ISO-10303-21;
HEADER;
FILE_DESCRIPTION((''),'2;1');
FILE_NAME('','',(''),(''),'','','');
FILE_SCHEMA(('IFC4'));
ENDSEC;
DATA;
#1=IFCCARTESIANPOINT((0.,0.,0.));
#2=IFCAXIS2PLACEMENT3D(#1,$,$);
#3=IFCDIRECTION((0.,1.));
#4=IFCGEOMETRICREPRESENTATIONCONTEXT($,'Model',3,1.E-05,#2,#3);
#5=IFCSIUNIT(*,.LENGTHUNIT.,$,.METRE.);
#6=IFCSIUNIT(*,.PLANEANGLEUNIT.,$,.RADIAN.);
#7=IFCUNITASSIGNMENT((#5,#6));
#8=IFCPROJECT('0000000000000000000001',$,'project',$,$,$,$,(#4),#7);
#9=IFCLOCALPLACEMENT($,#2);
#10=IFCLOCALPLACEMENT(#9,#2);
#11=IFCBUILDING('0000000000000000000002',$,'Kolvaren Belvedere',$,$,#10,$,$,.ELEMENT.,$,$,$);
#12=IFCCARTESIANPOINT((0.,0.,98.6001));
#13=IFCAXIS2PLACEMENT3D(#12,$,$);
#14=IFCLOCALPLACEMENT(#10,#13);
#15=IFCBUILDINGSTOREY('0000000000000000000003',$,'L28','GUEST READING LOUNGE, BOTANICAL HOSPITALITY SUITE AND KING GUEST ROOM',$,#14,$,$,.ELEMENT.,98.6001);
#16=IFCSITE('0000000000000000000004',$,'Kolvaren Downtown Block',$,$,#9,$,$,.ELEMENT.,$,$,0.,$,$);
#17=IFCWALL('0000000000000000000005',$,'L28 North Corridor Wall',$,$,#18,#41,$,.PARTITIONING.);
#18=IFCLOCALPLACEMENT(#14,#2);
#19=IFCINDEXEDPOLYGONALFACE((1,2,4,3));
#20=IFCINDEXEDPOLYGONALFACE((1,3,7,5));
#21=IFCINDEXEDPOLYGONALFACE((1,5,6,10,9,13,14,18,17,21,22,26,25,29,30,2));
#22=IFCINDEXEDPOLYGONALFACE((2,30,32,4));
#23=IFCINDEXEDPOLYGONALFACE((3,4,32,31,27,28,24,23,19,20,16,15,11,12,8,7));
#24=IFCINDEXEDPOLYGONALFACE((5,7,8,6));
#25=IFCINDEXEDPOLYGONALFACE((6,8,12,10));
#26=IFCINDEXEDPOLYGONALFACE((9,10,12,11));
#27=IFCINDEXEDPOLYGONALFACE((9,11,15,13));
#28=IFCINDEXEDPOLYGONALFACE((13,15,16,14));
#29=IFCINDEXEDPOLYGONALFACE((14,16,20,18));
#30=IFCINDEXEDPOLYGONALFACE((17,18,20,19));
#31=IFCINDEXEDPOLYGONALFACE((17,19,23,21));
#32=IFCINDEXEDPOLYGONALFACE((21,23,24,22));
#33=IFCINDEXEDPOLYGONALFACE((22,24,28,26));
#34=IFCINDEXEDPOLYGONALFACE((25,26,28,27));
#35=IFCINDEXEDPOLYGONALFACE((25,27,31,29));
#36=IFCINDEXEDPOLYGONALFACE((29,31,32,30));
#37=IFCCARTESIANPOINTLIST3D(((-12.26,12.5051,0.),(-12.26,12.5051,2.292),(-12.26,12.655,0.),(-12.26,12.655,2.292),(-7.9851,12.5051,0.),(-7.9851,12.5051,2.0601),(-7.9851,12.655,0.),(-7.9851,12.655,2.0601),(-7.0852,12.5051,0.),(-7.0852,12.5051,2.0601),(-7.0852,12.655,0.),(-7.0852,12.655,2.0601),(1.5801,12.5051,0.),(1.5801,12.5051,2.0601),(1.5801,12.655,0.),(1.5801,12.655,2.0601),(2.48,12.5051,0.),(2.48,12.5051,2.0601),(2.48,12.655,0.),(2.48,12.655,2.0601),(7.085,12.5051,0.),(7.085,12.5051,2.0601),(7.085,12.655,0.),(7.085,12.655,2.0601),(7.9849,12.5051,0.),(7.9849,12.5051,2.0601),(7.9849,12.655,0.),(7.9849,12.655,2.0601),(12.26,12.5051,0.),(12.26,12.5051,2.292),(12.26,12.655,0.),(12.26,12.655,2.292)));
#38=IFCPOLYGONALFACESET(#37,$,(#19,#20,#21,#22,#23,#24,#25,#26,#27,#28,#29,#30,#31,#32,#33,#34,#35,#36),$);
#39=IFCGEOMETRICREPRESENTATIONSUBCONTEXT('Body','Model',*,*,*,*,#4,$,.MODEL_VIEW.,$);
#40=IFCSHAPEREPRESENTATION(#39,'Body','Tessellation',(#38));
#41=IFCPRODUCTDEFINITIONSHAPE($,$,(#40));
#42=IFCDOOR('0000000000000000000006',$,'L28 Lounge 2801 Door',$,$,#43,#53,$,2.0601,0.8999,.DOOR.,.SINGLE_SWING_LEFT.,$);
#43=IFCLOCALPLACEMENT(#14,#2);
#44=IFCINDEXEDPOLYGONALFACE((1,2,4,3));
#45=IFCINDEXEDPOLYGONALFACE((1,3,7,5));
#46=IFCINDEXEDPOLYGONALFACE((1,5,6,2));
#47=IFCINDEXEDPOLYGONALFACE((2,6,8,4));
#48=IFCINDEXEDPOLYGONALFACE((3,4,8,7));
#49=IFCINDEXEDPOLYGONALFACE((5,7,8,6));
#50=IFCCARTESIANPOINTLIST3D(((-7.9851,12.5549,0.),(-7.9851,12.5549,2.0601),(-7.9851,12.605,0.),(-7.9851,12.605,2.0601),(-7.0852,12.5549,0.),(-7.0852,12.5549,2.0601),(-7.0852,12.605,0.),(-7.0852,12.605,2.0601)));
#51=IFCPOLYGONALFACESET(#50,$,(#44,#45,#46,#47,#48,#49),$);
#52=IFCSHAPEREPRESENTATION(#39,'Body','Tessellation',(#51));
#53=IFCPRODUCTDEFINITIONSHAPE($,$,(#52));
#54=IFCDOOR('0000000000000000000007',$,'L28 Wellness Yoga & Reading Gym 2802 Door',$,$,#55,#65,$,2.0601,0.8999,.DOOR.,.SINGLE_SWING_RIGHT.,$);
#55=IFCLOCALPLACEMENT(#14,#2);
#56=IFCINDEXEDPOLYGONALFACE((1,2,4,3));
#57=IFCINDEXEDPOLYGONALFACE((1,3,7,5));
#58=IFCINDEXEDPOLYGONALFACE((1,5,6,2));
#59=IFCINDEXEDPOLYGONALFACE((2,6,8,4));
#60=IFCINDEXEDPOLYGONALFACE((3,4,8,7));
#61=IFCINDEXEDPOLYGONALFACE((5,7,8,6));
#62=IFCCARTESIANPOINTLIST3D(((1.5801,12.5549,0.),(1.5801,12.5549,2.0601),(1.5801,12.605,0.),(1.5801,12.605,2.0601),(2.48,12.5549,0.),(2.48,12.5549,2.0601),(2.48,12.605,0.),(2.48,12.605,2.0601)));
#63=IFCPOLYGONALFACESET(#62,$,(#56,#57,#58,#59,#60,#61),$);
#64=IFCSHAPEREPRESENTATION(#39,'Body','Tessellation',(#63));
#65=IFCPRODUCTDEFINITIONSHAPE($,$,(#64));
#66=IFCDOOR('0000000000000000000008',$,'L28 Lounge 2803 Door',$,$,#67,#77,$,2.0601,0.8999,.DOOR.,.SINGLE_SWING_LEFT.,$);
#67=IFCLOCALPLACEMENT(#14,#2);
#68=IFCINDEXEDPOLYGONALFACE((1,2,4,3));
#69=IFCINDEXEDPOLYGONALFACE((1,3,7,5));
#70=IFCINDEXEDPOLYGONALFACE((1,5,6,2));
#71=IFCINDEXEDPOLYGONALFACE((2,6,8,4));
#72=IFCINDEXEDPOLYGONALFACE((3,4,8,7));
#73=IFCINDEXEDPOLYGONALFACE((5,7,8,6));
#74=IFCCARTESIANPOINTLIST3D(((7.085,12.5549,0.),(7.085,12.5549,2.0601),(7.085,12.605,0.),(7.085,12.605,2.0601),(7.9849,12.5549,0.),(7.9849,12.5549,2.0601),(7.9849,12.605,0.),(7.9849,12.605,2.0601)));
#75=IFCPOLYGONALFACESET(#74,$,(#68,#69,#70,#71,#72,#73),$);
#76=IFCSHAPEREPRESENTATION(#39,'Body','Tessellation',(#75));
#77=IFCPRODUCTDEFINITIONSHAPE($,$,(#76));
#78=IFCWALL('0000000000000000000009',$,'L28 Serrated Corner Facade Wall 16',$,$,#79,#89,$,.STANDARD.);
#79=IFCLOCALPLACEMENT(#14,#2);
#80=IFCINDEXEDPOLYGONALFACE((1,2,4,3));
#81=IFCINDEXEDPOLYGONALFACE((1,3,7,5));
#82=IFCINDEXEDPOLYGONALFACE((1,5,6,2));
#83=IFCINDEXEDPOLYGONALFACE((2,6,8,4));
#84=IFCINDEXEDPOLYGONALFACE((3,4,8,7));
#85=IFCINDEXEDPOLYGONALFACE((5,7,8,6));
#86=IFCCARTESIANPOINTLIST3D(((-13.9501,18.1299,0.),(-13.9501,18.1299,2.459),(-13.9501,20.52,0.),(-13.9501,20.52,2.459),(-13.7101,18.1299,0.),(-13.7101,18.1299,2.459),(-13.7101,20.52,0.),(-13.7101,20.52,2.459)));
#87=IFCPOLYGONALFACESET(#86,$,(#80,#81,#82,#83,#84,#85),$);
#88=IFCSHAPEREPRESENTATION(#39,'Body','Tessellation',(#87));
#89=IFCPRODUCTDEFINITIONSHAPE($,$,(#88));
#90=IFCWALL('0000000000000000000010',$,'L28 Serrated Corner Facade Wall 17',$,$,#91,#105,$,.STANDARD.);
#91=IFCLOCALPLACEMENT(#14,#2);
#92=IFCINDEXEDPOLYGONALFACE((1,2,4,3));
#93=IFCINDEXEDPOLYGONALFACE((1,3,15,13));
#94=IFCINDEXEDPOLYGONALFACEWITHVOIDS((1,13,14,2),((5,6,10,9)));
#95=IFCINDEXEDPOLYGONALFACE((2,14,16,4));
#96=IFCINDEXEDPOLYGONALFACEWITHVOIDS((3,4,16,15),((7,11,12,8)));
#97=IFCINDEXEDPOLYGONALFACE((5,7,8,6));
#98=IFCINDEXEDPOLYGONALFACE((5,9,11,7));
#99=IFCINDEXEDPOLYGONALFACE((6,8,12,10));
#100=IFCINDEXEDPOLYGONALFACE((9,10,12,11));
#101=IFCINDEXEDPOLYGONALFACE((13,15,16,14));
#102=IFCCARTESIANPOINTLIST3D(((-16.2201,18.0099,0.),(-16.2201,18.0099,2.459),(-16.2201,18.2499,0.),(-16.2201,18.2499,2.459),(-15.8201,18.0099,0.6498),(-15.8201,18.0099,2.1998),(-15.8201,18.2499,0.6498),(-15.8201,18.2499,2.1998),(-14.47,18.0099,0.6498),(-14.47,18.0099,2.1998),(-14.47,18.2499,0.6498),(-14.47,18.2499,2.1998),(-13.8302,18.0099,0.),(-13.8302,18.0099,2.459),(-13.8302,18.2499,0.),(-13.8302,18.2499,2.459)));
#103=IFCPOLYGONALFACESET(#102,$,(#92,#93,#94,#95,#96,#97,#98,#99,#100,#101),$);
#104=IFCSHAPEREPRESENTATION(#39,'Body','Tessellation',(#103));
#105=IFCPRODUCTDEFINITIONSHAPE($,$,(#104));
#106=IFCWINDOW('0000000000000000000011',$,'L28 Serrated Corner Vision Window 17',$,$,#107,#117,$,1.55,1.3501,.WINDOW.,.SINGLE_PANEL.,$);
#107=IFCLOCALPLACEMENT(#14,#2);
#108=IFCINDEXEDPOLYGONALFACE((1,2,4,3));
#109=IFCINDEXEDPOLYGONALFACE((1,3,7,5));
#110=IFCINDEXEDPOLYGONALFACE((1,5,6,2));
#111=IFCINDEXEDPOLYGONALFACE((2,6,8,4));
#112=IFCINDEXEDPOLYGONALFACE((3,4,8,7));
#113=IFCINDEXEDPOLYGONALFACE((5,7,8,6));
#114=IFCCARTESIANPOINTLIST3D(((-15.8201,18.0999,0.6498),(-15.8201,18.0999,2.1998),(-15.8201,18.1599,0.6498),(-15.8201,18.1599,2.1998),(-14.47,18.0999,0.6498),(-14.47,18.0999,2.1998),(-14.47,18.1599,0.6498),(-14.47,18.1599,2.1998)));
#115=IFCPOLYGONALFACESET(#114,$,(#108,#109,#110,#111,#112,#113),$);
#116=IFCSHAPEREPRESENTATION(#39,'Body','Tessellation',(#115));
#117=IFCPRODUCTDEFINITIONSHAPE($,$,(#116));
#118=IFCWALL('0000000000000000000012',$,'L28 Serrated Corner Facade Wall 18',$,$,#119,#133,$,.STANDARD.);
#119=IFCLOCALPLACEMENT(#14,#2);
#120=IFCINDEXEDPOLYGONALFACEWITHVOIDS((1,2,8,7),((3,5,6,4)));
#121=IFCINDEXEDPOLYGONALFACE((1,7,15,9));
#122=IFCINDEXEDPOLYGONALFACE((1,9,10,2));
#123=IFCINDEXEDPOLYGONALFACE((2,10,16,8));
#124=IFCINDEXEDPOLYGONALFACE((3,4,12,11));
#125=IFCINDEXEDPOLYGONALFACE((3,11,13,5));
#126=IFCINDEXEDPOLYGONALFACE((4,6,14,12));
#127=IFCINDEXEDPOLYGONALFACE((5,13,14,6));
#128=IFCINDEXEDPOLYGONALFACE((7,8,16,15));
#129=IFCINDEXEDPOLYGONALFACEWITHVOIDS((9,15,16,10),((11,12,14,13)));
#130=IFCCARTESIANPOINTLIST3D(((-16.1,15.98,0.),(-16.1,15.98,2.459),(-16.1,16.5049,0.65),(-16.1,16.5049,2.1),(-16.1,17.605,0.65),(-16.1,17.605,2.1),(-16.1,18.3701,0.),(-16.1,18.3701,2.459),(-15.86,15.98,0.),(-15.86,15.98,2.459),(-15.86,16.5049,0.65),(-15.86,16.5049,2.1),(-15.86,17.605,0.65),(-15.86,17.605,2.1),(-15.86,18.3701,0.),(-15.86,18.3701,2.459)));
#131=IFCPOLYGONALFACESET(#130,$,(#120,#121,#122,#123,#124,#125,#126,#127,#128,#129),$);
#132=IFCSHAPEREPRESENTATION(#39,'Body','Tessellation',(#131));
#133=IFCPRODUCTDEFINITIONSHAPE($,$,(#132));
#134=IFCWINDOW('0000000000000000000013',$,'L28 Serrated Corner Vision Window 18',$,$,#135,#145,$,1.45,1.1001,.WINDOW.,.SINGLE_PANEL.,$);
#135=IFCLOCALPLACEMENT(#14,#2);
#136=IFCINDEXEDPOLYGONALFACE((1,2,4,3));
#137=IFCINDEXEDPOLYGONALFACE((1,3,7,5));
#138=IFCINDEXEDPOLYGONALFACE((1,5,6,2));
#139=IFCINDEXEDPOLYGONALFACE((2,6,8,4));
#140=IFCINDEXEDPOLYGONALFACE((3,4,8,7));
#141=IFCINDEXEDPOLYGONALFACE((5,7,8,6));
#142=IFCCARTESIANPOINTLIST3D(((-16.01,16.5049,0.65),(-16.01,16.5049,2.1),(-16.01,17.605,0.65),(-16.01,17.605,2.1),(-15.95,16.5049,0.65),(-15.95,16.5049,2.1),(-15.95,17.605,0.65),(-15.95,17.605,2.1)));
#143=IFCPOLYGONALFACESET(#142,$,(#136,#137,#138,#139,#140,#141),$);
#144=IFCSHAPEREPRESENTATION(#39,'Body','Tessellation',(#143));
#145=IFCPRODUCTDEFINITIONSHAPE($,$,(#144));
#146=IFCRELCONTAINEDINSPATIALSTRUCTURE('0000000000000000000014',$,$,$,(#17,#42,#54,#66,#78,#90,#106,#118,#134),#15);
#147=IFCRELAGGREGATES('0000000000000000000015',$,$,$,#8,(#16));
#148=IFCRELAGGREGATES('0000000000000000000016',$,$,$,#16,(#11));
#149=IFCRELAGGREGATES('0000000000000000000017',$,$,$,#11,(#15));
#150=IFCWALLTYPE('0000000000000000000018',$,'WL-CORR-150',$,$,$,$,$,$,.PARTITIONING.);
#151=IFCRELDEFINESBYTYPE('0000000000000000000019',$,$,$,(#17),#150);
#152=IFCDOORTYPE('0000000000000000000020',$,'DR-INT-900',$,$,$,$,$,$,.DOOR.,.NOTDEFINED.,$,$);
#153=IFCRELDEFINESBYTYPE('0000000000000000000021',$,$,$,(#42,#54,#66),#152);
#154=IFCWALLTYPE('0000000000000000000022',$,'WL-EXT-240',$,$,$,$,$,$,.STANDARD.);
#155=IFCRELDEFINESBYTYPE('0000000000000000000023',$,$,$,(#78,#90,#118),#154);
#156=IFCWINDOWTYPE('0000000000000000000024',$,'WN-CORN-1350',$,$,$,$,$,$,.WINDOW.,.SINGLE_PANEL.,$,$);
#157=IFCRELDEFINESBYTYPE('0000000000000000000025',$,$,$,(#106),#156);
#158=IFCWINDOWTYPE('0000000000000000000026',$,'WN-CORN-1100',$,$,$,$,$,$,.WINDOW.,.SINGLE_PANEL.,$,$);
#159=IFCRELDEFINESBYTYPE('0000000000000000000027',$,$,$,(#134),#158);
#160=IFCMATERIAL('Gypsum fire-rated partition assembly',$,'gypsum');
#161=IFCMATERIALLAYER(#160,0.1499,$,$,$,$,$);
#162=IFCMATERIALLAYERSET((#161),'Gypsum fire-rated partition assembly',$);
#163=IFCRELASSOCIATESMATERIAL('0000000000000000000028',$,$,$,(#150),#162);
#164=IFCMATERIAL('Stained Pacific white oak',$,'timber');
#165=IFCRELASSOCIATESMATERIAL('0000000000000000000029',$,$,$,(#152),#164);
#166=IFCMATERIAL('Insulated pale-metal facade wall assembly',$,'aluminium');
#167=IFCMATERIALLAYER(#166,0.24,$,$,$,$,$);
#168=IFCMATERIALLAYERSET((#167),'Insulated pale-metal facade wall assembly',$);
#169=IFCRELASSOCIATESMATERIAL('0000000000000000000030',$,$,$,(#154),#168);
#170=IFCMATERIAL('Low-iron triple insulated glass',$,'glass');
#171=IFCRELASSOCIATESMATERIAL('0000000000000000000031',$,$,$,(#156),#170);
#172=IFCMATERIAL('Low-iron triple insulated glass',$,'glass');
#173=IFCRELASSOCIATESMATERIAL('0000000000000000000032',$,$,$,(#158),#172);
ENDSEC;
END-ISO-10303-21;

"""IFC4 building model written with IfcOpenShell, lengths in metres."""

from ifc_helpers import new_model, si_unit, direction, frame, frame_2d, origin, place, context, subcontext, project, spatial, rectangle, extrude, material, layer, layer_set, type_object, element, fill, save


model = new_model("IFC4")

# Units and contexts
model_context = context("Model", 3, precision=1e-05, world=origin(), true_north=direction((0.0, 1.0)))
body_context = subcontext(model_context, "Body", "Model", "MODEL_VIEW")
ifc_project = project(units=[si_unit("LENGTHUNIT", "METRE"), si_unit("PLANEANGLEUNIT", "RADIAN")], contexts=[model_context])

# Site, building, storey
site_placement = place(None, origin())
site = spatial("IfcSite", under=ifc_project, at=site_placement, Name="Kolvaren Downtown Block", CompositionType="ELEMENT", RefElevation=0.0)
building_placement = place(site_placement, origin())
building = spatial("IfcBuilding", under=site, at=building_placement, Name="Kolvaren Belvedere", CompositionType="ELEMENT")
storey_placement = place(building_placement, frame((0.0, 0.0, 98.6001)))
storey = spatial("IfcBuildingStorey", under=building, at=storey_placement, Name="L28", Description="GUEST READING LOUNGE, BOTANICAL HOSPITALITY SUITE AND KING GUEST ROOM", CompositionType="ELEMENT", Elevation=98.6001)

# Wall, openings, doors
ifc_material_1 = material(Name="Gypsum fire-rated partition assembly", Category="gypsum")
ifc_layer_1 = layer(ifc_material_1, 0.1499)
ifc_layer_set_1 = layer_set([ifc_layer_1], Name="Gypsum fire-rated partition assembly")
wall_type_1 = type_object("IfcWallType", Name="WL-CORR-150", PredefinedType="PARTITIONING", material=ifc_layer_set_1)
wall_1_placement = place(storey_placement, frame((-12.26, 12.5801, 0.0), z_axis=(0.0, 0.0, 1.0), x_axis=(1.0, 0.0, 0.0)))
wall_1 = element("IfcWall", 1, at=wall_1_placement, inside=storey, type_object=wall_type_1, Name="L28 North Corridor Wall", PredefinedType="PARTITIONING", context=body_context, shape_type="SweptSolid", body=[
    extrude(rectangle(XDim=24.52, YDim=0.1499, at=frame_2d((12.26, 0.0))), origin(), (0.0, 0.0, 1.0), 2.292),
])
opening_1_placement = place(wall_1_placement, frame((4.2749, 0.0, 0.0)))
opening_1 = element("IfcOpeningElement", 2, at=opening_1_placement, cuts=wall_1, PredefinedType="OPENING", context=body_context, shape_type="SweptSolid", body=[
    extrude(rectangle(XDim=0.8999, YDim=2.0601, at=frame_2d((0.45, 1.03))), frame((0.0, 0.085, 0.0), z_axis=(0.0, -1.0, 0.0), x_axis=(1.0, 0.0, 0.0)), (0.0, 0.0, 1.0), 0.1699),
])
opening_2_placement = place(wall_1_placement, frame((13.8401, 0.0, 0.0)))
opening_2 = element("IfcOpeningElement", 3, at=opening_2_placement, cuts=wall_1, PredefinedType="OPENING", context=body_context, shape_type="SweptSolid", body=[
    extrude(rectangle(XDim=0.8999, YDim=2.0601, at=frame_2d((0.45, 1.03))), frame((0.0, 0.085, 0.0), z_axis=(0.0, -1.0, 0.0), x_axis=(1.0, 0.0, 0.0)), (0.0, 0.0, 1.0), 0.1699),
])
opening_3_placement = place(wall_1_placement, frame((19.345, 0.0, 0.0)))
opening_3 = element("IfcOpeningElement", 4, at=opening_3_placement, cuts=wall_1, PredefinedType="OPENING", context=body_context, shape_type="SweptSolid", body=[
    extrude(rectangle(XDim=0.8999, YDim=2.0601, at=frame_2d((0.45, 1.03))), frame((0.0, 0.085, 0.0), z_axis=(0.0, -1.0, 0.0), x_axis=(1.0, 0.0, 0.0)), (0.0, 0.0, 1.0), 0.1699),
])
ifc_material_2 = material(Name="Stained Pacific white oak", Category="timber")
door_type = type_object("IfcDoorType", Name="DR-INT-900", OperationType="NOTDEFINED", PredefinedType="DOOR", material=ifc_material_2)
door_1_placement = place(opening_1_placement, origin())
door_1 = element("IfcDoor", 5, at=door_1_placement, inside=storey, type_object=door_type, Name="L28 Lounge 2801 Door", OperationType="SINGLE_SWING_LEFT", OverallHeight=2.0601, OverallWidth=0.8999, PredefinedType="DOOR", context=body_context, shape_type="SweptSolid", body=[
    extrude(rectangle(XDim=0.8999, YDim=2.0601, at=frame_2d((0.45, 1.03))), frame((0.0, 0.0249, 0.0), z_axis=(0.0, -1.0, 0.0), x_axis=(1.0, 0.0, 0.0)), (0.0, 0.0, 1.0), 0.05),
])
fill(opening_1, door_1)
door_2_placement = place(opening_2_placement, origin())
door_2 = element("IfcDoor", 6, at=door_2_placement, inside=storey, type_object=door_type, Name="L28 Wellness Yoga & Reading Gym 2802 Door", OperationType="SINGLE_SWING_RIGHT", OverallHeight=2.0601, OverallWidth=0.8999, PredefinedType="DOOR", context=body_context, shape_type="SweptSolid", body=[
    extrude(rectangle(XDim=0.8999, YDim=2.0601, at=frame_2d((0.45, 1.03))), frame((0.0, 0.0249, 0.0), z_axis=(0.0, -1.0, 0.0), x_axis=(1.0, 0.0, 0.0)), (0.0, 0.0, 1.0), 0.05),
])
fill(opening_2, door_2)
door_3_placement = place(opening_3_placement, origin())
door_3 = element("IfcDoor", 7, at=door_3_placement, inside=storey, type_object=door_type, Name="L28 Lounge 2803 Door", OperationType="SINGLE_SWING_LEFT", OverallHeight=2.0601, OverallWidth=0.8999, PredefinedType="DOOR", context=body_context, shape_type="SweptSolid", body=[
    extrude(rectangle(XDim=0.8999, YDim=2.0601, at=frame_2d((0.45, 1.03))), frame((0.0, 0.0249, 0.0), z_axis=(0.0, -1.0, 0.0), x_axis=(1.0, 0.0, 0.0)), (0.0, 0.0, 1.0), 0.05),
])
fill(opening_3, door_3)

# Wall
ifc_material_3 = material(Name="Insulated pale-metal facade wall assembly", Category="aluminium")
ifc_layer_2 = layer(ifc_material_3, 0.24)
ifc_layer_set_2 = layer_set([ifc_layer_2], Name="Insulated pale-metal facade wall assembly")
wall_type_2 = type_object("IfcWallType", Name="WL-EXT-240", PredefinedType="STANDARD", material=ifc_layer_set_2)
wall_2_placement = place(storey_placement, frame((-13.8301, 18.1299, 0.0), z_axis=(0.0, 0.0, 1.0), x_axis=(0.0, 1.0, 0.0)))
element("IfcWall", 8, at=wall_2_placement, inside=storey, type_object=wall_type_2, Name="L28 Serrated Corner Facade Wall 16", PredefinedType="STANDARD", context=body_context, shape_type="SweptSolid", body=[
    extrude(rectangle(XDim=2.3901, YDim=0.24, at=frame_2d((1.1951, 0.0))), origin(), (0.0, 0.0, 1.0), 2.459),
])

# Walls, openings, windows
wall_3_placement = place(storey_placement, frame((-16.22, 18.1299, 0.0), z_axis=(0.0, 0.0, 1.0), x_axis=(1.0, 0.0, 0.0)))
wall_3 = element("IfcWall", 9, at=wall_3_placement, inside=storey, type_object=wall_type_2, Name="L28 Serrated Corner Facade Wall 17", PredefinedType="STANDARD", context=body_context, shape_type="SweptSolid", body=[
    extrude(rectangle(XDim=2.3899, YDim=0.24, at=frame_2d((1.1948, 0.0))), origin(), (0.0, 0.0, 1.0), 2.459),
])
opening_4_placement = place(wall_3_placement, frame((0.3999, 0.0, 0.6499)))
opening_4 = element("IfcOpeningElement", 10, at=opening_4_placement, cuts=wall_3, PredefinedType="OPENING", context=body_context, shape_type="SweptSolid", body=[
    extrude(rectangle(XDim=1.3501, YDim=1.55, at=frame_2d((0.675, 0.7749))), frame((0.0, 0.1299, 0.0), z_axis=(0.0, -1.0, 0.0), x_axis=(1.0, 0.0, 0.0)), (0.0, 0.0, 1.0), 0.26),
])
ifc_material_4 = material(Name="Low-iron triple insulated glass", Category="glass")
window_type_1 = type_object("IfcWindowType", Name="WN-CORN-1350", PartitioningType="SINGLE_PANEL", PredefinedType="WINDOW", material=ifc_material_4)
window_1_placement = place(opening_4_placement, origin())
window_1 = element("IfcWindow", 11, at=window_1_placement, inside=storey, type_object=window_type_1, Name="L28 Serrated Corner Vision Window 17", OverallHeight=1.55, OverallWidth=1.3501, PartitioningType="SINGLE_PANEL", PredefinedType="WINDOW", context=body_context, shape_type="SweptSolid", body=[
    extrude(rectangle(XDim=1.3501, YDim=1.55, at=frame_2d((0.675, 0.7749))), frame((0.0, 0.03, 0.0), z_axis=(0.0, -1.0, 0.0), x_axis=(1.0, 0.0, 0.0)), (0.0, 0.0, 1.0), 0.0601),
])
fill(opening_4, window_1)
wall_4_placement = place(storey_placement, frame((-15.98, 15.98, 0.0), z_axis=(0.0, 0.0, 1.0), x_axis=(0.0, 1.0, 0.0)))
wall_4 = element("IfcWall", 12, at=wall_4_placement, inside=storey, type_object=wall_type_2, Name="L28 Serrated Corner Facade Wall 18", PredefinedType="STANDARD", context=body_context, shape_type="SweptSolid", body=[
    extrude(rectangle(XDim=2.3901, YDim=0.24, at=frame_2d((1.1951, 0.0))), origin(), (0.0, 0.0, 1.0), 2.459),
])
opening_5_placement = place(wall_4_placement, frame((0.5249, 0.0, 0.6499)))
opening_5 = element("IfcOpeningElement", 13, at=opening_5_placement, cuts=wall_4, PredefinedType="OPENING", context=body_context, shape_type="SweptSolid", body=[
    extrude(rectangle(XDim=1.1001, YDim=1.45, at=frame_2d((0.55, 0.7251))), frame((0.0, 0.1299, 0.0), z_axis=(0.0, -1.0, 0.0), x_axis=(1.0, 0.0, 0.0)), (0.0, 0.0, 1.0), 0.26),
])
ifc_material_5 = material(Name="Low-iron triple insulated glass", Category="glass")
window_type_2 = type_object("IfcWindowType", Name="WN-CORN-1100", PartitioningType="SINGLE_PANEL", PredefinedType="WINDOW", material=ifc_material_5)
window_2_placement = place(opening_5_placement, origin())
window_2 = element("IfcWindow", 14, at=window_2_placement, inside=storey, type_object=window_type_2, Name="L28 Serrated Corner Vision Window 18", OverallHeight=1.45, OverallWidth=1.1001, PartitioningType="SINGLE_PANEL", PredefinedType="WINDOW", context=body_context, shape_type="SweptSolid", body=[
    extrude(rectangle(XDim=1.1001, YDim=1.45, at=frame_2d((0.55, 0.7251))), frame((0.0, 0.03, 0.0), z_axis=(0.0, -1.0, 0.0), x_axis=(1.0, 0.0, 0.0)), (0.0, 0.0, 1.0), 0.0601),
])
fill(opening_5, window_2)

save(model, "model.ifc")
